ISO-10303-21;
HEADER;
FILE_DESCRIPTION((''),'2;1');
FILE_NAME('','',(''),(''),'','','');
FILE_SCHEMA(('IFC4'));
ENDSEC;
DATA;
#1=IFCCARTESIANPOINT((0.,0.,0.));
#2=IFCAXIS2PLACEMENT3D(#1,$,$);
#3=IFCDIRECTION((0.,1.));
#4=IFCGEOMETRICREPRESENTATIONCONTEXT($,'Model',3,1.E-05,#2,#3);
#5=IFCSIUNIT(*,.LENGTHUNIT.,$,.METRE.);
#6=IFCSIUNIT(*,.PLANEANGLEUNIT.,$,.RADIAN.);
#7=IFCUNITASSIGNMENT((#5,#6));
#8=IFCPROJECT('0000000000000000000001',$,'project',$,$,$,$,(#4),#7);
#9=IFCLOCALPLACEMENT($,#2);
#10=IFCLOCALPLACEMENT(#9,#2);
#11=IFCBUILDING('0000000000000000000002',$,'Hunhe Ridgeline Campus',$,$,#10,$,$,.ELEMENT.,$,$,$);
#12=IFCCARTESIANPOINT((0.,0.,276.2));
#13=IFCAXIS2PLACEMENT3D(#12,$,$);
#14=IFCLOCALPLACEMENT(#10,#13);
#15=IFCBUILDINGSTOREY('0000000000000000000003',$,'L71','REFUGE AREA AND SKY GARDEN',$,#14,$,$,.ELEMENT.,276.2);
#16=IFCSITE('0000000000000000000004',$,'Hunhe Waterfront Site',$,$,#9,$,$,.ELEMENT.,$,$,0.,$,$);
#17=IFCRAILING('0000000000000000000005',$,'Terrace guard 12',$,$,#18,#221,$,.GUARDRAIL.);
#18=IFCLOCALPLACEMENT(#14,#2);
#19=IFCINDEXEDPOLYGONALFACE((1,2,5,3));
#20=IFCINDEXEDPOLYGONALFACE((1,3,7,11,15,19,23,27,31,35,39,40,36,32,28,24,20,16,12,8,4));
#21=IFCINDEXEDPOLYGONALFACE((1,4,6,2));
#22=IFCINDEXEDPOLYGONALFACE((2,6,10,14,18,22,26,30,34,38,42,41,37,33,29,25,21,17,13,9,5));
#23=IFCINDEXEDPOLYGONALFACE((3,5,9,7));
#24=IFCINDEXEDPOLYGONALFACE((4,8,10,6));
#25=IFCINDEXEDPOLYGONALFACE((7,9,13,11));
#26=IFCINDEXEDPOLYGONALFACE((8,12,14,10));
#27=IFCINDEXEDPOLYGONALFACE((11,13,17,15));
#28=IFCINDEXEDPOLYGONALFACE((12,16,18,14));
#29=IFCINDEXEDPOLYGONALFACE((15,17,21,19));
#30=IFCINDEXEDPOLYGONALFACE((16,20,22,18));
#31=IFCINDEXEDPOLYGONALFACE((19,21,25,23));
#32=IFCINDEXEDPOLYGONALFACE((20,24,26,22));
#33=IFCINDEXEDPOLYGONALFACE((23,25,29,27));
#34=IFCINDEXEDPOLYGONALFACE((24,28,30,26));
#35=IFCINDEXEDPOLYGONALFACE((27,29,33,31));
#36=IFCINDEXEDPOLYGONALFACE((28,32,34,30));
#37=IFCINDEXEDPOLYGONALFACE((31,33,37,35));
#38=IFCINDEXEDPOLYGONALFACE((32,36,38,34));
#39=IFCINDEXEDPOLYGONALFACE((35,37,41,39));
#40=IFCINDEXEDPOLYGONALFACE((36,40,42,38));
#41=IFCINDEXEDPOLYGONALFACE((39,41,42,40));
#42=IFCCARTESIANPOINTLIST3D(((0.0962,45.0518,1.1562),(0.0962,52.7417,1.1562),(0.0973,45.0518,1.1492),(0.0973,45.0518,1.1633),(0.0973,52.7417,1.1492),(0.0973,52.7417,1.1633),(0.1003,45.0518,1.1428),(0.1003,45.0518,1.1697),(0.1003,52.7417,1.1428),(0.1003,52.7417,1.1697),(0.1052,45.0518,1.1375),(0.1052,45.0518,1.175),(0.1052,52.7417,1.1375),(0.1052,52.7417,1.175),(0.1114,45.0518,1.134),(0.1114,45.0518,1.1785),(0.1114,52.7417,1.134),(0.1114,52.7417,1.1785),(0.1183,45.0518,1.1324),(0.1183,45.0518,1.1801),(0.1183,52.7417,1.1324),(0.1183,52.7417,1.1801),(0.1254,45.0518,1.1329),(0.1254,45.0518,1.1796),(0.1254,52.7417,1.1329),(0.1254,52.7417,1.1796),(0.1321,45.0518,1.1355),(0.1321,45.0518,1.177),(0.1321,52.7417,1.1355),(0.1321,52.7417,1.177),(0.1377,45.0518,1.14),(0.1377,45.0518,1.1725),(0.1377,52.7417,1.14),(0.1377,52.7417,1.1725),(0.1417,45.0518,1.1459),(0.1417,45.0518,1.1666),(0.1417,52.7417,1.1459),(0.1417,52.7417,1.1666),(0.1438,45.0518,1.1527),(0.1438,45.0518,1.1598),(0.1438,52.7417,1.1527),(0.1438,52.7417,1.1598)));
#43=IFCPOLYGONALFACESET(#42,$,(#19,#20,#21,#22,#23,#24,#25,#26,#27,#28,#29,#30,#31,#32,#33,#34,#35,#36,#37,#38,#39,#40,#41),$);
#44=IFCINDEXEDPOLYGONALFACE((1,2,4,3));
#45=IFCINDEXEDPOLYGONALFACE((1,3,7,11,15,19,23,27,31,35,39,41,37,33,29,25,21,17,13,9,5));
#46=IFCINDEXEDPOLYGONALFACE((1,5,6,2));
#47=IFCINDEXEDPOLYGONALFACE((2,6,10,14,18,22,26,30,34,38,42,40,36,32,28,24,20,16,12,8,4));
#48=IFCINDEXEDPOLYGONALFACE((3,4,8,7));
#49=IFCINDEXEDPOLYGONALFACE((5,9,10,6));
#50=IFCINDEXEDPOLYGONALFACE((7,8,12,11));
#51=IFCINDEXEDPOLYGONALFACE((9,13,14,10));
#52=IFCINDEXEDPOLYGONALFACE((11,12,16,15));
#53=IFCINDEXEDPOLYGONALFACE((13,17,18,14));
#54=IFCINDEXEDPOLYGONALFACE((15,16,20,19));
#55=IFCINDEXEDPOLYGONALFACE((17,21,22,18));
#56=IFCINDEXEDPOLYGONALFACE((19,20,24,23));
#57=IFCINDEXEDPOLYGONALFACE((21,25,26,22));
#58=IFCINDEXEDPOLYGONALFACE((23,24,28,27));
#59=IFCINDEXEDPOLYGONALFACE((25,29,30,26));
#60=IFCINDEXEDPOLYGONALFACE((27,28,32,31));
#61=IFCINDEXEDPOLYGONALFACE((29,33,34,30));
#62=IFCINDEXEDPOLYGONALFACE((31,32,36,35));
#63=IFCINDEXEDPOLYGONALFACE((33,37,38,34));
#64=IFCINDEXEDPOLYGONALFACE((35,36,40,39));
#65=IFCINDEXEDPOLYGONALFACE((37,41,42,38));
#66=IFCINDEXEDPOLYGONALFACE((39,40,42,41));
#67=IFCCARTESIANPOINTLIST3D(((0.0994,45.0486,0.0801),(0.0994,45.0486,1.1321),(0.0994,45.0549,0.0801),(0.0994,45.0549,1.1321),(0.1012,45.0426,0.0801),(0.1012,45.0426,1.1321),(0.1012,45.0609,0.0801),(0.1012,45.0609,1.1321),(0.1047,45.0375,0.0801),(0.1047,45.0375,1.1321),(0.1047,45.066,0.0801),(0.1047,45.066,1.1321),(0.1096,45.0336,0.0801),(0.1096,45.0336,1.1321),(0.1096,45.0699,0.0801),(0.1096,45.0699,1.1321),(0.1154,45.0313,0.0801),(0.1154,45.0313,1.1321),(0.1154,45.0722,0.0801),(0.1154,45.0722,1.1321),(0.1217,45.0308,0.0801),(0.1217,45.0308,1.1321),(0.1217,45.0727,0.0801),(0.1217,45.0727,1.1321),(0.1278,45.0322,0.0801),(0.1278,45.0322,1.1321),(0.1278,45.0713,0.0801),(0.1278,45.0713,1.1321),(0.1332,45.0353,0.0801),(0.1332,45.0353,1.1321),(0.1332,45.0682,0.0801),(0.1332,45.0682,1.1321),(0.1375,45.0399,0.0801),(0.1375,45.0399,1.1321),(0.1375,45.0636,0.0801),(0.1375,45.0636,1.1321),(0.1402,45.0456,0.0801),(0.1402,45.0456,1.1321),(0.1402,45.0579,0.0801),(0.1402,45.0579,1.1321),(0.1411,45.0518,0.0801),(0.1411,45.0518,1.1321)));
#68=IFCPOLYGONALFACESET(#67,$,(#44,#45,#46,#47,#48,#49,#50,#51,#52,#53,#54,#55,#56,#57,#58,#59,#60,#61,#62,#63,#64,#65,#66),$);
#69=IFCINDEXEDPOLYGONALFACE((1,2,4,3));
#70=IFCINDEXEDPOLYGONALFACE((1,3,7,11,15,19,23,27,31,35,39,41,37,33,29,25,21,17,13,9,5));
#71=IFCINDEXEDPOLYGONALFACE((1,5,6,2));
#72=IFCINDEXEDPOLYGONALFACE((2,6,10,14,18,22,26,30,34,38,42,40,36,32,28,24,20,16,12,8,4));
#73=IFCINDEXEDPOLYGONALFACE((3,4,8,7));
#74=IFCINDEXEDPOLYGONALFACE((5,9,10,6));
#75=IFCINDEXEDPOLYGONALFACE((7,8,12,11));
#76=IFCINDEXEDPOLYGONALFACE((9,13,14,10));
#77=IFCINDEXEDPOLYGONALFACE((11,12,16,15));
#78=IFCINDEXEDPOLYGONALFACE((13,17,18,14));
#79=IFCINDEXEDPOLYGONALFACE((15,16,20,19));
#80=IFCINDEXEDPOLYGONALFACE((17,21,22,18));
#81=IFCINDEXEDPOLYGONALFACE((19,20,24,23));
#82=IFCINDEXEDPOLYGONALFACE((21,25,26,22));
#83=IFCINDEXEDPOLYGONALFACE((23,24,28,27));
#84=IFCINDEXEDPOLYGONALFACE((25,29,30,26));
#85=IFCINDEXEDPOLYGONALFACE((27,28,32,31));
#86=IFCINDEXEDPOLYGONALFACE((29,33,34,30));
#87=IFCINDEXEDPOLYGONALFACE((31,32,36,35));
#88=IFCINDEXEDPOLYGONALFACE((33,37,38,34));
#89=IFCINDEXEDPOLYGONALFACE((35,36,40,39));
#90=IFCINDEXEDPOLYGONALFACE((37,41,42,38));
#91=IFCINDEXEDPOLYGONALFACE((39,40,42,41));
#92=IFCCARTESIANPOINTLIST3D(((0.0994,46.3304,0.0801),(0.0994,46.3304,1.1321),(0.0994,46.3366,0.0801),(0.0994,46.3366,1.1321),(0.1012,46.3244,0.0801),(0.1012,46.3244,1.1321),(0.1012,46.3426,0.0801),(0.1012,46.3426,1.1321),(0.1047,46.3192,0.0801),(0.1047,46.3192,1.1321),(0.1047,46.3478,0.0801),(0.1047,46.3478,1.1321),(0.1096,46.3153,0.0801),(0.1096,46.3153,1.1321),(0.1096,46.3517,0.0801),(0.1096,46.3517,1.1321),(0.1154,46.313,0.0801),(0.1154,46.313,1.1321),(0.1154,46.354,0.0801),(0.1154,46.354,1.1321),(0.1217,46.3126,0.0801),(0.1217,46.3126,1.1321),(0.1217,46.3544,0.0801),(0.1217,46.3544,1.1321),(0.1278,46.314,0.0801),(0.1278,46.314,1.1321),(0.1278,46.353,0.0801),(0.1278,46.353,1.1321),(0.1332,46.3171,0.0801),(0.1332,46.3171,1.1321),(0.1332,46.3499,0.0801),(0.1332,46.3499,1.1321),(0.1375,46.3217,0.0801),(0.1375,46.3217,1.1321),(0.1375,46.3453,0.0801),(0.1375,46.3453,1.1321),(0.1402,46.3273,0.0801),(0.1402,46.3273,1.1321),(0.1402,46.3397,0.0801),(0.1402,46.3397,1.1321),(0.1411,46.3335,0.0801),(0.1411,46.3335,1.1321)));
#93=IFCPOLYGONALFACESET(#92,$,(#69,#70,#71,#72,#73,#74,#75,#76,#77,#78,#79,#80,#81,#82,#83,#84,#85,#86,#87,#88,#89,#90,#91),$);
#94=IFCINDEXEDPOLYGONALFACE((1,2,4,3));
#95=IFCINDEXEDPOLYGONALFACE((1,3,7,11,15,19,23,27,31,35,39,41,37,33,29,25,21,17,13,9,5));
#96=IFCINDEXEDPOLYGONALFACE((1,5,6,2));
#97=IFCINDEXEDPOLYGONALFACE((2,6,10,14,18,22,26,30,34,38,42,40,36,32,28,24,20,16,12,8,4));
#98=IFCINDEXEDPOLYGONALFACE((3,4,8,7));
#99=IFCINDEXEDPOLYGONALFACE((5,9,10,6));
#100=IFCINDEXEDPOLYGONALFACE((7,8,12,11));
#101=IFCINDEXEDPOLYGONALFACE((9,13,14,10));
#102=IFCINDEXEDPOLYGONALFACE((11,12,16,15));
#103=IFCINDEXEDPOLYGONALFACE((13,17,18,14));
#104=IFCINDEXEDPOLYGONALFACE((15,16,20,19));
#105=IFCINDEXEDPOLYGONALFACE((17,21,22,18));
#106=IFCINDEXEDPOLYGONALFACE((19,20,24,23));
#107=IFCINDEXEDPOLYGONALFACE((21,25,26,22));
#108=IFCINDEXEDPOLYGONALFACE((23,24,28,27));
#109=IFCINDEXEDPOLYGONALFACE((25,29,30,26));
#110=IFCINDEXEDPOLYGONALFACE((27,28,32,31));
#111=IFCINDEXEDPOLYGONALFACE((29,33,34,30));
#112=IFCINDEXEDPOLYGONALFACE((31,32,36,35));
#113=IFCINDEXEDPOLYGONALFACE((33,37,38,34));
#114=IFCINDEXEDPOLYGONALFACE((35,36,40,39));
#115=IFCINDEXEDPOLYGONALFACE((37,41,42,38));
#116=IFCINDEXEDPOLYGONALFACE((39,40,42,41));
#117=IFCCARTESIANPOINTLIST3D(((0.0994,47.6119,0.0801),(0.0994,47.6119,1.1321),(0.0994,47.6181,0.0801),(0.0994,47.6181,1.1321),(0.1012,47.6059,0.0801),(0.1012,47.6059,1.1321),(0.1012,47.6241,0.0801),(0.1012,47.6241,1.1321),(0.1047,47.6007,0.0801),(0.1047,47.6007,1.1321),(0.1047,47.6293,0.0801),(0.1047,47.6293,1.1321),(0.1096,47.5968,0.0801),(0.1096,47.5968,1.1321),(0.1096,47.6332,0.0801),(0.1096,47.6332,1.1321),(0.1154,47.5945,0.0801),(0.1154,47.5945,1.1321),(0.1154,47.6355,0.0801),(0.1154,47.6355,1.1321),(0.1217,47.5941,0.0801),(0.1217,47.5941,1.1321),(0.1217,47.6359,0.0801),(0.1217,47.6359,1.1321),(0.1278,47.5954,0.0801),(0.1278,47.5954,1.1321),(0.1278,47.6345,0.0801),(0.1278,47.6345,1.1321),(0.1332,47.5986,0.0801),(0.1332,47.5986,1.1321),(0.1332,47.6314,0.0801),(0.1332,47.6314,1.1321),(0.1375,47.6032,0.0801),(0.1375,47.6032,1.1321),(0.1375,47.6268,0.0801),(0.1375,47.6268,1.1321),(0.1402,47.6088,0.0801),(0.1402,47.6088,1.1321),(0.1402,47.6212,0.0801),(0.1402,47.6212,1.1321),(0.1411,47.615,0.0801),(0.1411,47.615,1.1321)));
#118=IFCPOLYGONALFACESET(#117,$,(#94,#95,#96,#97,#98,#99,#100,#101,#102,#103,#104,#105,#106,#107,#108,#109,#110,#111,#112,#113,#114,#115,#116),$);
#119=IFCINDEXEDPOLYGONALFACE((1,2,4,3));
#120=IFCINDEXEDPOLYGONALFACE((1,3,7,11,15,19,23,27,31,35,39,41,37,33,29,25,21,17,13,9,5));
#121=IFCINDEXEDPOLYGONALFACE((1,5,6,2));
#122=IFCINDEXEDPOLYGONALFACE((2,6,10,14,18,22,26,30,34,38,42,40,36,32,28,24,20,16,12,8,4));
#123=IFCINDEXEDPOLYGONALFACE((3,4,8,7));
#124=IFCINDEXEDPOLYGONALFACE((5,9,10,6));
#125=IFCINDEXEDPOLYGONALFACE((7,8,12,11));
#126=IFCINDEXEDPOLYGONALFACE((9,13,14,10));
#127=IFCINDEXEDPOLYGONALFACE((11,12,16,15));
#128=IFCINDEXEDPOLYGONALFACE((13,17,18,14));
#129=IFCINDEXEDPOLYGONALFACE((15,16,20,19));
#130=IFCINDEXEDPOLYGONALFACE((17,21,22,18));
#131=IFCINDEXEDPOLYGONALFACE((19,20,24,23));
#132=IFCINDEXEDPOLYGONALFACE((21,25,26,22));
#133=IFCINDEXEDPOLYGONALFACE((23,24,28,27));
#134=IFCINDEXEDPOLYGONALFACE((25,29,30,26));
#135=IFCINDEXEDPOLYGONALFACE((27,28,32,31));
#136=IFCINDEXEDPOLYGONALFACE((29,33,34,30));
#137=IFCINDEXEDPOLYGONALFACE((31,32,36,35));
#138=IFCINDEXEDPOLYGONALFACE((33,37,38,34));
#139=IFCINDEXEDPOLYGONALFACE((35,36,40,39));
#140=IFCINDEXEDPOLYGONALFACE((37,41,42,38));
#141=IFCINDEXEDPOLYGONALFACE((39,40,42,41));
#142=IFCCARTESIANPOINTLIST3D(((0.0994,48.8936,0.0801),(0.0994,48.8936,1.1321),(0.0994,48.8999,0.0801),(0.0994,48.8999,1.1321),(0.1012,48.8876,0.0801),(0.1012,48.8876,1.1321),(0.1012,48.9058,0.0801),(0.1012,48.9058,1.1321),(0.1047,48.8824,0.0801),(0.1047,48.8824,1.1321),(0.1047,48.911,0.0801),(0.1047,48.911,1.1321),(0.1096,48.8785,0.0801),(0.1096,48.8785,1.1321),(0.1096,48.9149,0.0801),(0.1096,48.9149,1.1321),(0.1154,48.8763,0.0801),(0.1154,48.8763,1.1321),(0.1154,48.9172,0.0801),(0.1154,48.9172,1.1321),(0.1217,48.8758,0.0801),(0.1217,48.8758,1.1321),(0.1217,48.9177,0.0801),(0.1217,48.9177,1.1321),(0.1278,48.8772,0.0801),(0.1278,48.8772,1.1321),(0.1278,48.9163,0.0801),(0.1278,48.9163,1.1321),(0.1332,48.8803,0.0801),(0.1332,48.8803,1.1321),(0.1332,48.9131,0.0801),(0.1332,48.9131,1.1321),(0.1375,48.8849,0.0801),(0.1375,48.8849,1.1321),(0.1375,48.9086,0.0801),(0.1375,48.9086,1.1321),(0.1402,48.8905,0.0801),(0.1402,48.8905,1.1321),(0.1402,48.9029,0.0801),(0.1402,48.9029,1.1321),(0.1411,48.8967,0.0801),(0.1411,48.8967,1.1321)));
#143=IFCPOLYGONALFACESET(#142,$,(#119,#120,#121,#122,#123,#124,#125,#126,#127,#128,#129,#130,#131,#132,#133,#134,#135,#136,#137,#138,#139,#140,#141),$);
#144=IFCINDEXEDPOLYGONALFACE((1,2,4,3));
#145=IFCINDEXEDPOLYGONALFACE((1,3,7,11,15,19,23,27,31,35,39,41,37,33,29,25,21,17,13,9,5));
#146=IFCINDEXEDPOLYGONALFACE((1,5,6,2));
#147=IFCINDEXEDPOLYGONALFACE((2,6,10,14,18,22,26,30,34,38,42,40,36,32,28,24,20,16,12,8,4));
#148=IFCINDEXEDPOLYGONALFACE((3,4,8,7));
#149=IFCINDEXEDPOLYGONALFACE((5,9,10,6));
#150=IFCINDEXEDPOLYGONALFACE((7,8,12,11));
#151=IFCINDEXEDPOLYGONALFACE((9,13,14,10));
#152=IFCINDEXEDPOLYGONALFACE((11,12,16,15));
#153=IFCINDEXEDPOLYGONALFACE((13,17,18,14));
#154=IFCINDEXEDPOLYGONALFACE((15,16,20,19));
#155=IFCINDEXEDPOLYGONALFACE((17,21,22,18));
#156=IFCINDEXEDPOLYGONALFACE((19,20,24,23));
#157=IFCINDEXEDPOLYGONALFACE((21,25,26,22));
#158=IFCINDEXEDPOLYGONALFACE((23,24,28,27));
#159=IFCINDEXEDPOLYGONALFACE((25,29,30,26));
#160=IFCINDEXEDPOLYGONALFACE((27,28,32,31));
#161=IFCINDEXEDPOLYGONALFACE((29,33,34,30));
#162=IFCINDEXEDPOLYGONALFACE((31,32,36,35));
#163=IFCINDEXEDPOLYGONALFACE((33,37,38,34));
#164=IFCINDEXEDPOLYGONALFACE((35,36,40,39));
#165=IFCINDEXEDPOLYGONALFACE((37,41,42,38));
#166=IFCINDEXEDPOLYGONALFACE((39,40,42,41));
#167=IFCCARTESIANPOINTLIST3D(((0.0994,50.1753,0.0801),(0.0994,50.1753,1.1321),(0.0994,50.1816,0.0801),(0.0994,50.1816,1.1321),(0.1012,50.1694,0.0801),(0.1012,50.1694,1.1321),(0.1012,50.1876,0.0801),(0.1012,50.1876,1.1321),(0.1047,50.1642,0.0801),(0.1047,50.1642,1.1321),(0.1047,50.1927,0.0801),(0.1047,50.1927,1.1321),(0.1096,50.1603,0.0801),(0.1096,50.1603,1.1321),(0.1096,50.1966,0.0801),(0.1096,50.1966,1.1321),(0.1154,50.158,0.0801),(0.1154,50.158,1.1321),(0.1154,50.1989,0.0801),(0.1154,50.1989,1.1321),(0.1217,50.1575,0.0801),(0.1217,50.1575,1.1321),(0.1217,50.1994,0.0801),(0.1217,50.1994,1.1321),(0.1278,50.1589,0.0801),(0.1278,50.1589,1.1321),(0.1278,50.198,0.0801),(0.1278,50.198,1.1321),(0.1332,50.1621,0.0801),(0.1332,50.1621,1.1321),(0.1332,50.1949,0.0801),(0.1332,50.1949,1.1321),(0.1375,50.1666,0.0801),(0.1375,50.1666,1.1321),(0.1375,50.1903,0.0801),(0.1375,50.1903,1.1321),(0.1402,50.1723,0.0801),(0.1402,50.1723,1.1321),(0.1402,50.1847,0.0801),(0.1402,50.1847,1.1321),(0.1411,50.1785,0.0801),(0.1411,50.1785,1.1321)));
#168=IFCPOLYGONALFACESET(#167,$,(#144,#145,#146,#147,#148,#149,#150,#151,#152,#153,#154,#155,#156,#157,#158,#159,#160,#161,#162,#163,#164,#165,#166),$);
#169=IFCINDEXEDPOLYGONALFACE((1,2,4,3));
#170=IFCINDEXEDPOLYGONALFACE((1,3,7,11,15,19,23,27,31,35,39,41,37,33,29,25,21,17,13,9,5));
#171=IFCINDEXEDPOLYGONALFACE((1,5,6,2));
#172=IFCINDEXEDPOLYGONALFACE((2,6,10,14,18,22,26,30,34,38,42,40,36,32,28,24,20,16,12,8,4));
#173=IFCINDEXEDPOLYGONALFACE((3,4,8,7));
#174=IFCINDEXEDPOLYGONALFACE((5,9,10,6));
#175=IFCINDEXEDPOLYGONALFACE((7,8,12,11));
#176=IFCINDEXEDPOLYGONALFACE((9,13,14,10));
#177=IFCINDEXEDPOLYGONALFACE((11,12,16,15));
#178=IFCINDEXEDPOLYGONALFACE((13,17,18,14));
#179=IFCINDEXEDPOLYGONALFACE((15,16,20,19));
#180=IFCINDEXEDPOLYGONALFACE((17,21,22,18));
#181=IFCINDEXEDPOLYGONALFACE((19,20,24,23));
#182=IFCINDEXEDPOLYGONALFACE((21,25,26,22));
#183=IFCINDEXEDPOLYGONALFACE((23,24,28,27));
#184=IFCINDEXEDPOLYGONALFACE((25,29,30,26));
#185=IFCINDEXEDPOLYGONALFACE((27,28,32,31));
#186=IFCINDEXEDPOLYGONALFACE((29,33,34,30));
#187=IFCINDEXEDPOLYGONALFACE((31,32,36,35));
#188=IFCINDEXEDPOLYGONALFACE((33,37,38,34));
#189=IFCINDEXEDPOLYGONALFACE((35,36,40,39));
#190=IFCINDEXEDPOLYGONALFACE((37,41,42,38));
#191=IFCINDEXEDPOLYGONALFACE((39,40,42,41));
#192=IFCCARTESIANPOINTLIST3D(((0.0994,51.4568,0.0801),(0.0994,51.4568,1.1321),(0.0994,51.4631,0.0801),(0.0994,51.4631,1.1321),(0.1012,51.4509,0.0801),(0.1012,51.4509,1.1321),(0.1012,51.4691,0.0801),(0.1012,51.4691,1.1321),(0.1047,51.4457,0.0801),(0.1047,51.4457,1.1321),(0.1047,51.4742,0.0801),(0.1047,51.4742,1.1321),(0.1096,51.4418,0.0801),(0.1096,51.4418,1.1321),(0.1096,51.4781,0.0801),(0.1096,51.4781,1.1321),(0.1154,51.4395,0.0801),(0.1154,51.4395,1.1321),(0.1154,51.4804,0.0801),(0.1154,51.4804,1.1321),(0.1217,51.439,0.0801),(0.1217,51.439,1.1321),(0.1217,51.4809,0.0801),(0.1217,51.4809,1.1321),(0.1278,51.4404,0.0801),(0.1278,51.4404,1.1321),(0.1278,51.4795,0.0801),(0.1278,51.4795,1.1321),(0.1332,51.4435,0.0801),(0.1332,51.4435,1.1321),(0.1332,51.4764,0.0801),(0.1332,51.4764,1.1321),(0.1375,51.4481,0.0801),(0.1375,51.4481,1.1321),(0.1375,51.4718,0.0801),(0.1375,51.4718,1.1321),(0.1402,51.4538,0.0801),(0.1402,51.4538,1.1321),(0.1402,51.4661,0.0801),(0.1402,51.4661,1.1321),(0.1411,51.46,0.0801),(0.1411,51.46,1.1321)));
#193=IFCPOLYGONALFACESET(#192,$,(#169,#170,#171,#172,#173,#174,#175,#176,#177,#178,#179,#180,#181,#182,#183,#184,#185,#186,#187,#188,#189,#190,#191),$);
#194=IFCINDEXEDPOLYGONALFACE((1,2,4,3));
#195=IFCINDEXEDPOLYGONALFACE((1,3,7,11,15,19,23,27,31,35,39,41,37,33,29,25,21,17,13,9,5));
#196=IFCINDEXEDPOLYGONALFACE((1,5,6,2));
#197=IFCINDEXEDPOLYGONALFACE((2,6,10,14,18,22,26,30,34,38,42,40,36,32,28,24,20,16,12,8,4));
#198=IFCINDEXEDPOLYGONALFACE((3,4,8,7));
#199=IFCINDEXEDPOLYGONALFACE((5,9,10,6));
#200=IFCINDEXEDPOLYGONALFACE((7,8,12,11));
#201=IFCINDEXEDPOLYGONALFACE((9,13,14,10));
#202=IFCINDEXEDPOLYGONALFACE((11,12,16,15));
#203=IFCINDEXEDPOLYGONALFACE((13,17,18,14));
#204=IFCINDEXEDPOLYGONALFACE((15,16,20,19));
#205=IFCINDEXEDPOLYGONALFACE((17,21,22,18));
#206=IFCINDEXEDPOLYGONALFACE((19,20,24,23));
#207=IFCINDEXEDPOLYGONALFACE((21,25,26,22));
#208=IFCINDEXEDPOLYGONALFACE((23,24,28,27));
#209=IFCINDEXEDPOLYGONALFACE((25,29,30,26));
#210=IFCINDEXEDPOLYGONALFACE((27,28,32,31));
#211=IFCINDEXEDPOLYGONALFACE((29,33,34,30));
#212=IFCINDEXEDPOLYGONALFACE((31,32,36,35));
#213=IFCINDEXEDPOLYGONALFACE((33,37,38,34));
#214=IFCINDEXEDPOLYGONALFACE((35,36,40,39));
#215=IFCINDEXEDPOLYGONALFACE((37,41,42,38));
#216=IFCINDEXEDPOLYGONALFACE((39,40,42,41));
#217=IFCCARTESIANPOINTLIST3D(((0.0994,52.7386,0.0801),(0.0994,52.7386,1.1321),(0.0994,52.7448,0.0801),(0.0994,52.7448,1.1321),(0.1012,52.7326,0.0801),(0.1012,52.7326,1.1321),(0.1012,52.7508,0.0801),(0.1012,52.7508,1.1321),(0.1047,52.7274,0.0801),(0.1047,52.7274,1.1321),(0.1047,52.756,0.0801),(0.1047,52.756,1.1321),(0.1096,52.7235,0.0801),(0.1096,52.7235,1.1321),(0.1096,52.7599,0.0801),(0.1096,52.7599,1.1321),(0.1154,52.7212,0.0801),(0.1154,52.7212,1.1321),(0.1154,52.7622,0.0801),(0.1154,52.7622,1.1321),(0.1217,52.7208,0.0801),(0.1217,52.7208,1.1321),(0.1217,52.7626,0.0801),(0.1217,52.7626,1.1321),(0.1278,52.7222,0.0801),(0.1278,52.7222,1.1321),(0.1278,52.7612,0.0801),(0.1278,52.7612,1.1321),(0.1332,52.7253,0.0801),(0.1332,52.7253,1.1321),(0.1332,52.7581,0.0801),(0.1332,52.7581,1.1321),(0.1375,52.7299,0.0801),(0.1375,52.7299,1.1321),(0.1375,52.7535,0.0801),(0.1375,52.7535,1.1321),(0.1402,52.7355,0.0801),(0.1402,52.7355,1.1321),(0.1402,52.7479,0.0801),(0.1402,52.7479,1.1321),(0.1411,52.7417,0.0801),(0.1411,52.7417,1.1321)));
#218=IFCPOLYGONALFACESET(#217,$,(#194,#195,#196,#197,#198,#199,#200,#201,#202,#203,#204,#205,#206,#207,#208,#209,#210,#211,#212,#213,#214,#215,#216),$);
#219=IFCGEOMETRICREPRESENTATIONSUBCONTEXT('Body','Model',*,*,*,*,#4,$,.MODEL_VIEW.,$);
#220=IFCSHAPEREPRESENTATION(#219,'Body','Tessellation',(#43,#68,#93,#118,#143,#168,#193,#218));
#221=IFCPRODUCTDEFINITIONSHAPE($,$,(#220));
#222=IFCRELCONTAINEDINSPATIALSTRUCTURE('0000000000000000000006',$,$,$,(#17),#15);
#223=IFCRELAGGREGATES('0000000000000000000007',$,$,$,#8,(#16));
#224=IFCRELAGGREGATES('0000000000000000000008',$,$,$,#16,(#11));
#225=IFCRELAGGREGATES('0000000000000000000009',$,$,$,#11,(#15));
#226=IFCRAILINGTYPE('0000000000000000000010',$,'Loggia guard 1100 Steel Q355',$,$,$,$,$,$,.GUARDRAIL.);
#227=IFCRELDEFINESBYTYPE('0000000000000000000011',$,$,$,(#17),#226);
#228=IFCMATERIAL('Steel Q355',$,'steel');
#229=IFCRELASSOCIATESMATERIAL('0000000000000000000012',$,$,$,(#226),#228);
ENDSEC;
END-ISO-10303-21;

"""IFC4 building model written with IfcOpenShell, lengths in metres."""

from ifc_helpers import new_model, si_unit, direction, frame, origin, origin_2d, place, context, subcontext, project, spatial, circle, extrude, material, type_object, element, save


model = new_model("IFC4")

# Units and contexts
model_context = context("Model", 3, precision=1e-05, world=origin(), true_north=direction((0.0, 1.0)))
body_context = subcontext(model_context, "Body", "Model", "MODEL_VIEW")
ifc_project = project(units=[si_unit("LENGTHUNIT", "METRE"), si_unit("PLANEANGLEUNIT", "RADIAN")], contexts=[model_context])

# Site, building, storey
site_placement = place(None, origin())
site = spatial("IfcSite", under=ifc_project, at=site_placement, Name="Hunhe Waterfront Site", CompositionType="ELEMENT", RefElevation=0.0)
building_placement = place(site_placement, origin())
building = spatial("IfcBuilding", under=site, at=building_placement, Name="Hunhe Ridgeline Campus", CompositionType="ELEMENT")
storey_placement = place(building_placement, frame((0.0, 0.0, 276.2)))
storey = spatial("IfcBuildingStorey", under=building, at=storey_placement, Name="L71", Description="REFUGE AREA AND SKY GARDEN", CompositionType="ELEMENT", Elevation=276.2)

# Railing
ifc_material_1 = material(Name="Steel Q355", Category="steel")
railing_type = type_object("IfcRailingType", Name="Loggia guard 1100 Steel Q355", PredefinedType="GUARDRAIL", material=ifc_material_1)
railing_1_placement = place(storey_placement, frame((0.1201, 45.0518, 0.0801)))
element("IfcRailing", 1, at=railing_1_placement, inside=storey, type_object=railing_type, Name="Terrace guard 12", PredefinedType="GUARDRAIL", context=body_context, shape_type="SweptSolid", body=[
    extrude(circle(Radius=0.0239, at=origin_2d()), frame((0.0, 0.0, 1.0762), z_axis=(0.0, 1.0, 0.0), x_axis=(-1.0, 0.0, 0.0)), (0.0, 0.0, 1.0), 7.6899),
    extrude(circle(Radius=0.021, at=origin_2d()), origin(), (0.0, 0.0, 1.0), 1.052),
    extrude(circle(Radius=0.021, at=origin_2d()), frame((0.0, 1.2817, 0.0)), (0.0, 0.0, 1.0), 1.052),
    extrude(circle(Radius=0.021, at=origin_2d()), frame((0.0, 2.5632, 0.0)), (0.0, 0.0, 1.0), 1.052),
    extrude(circle(Radius=0.021, at=origin_2d()), frame((0.0, 3.845, 0.0)), (0.0, 0.0, 1.0), 1.052),
    extrude(circle(Radius=0.021, at=origin_2d()), frame((0.0, 5.1267, 0.0)), (0.0, 0.0, 1.0), 1.052),
    extrude(circle(Radius=0.021, at=origin_2d()), frame((0.0, 6.4082, 0.0)), (0.0, 0.0, 1.0), 1.052),
    extrude(circle(Radius=0.021, at=origin_2d()), frame((0.0, 7.6899, 0.0)), (0.0, 0.0, 1.0), 1.052),
])

save(model, "model.ifc")
